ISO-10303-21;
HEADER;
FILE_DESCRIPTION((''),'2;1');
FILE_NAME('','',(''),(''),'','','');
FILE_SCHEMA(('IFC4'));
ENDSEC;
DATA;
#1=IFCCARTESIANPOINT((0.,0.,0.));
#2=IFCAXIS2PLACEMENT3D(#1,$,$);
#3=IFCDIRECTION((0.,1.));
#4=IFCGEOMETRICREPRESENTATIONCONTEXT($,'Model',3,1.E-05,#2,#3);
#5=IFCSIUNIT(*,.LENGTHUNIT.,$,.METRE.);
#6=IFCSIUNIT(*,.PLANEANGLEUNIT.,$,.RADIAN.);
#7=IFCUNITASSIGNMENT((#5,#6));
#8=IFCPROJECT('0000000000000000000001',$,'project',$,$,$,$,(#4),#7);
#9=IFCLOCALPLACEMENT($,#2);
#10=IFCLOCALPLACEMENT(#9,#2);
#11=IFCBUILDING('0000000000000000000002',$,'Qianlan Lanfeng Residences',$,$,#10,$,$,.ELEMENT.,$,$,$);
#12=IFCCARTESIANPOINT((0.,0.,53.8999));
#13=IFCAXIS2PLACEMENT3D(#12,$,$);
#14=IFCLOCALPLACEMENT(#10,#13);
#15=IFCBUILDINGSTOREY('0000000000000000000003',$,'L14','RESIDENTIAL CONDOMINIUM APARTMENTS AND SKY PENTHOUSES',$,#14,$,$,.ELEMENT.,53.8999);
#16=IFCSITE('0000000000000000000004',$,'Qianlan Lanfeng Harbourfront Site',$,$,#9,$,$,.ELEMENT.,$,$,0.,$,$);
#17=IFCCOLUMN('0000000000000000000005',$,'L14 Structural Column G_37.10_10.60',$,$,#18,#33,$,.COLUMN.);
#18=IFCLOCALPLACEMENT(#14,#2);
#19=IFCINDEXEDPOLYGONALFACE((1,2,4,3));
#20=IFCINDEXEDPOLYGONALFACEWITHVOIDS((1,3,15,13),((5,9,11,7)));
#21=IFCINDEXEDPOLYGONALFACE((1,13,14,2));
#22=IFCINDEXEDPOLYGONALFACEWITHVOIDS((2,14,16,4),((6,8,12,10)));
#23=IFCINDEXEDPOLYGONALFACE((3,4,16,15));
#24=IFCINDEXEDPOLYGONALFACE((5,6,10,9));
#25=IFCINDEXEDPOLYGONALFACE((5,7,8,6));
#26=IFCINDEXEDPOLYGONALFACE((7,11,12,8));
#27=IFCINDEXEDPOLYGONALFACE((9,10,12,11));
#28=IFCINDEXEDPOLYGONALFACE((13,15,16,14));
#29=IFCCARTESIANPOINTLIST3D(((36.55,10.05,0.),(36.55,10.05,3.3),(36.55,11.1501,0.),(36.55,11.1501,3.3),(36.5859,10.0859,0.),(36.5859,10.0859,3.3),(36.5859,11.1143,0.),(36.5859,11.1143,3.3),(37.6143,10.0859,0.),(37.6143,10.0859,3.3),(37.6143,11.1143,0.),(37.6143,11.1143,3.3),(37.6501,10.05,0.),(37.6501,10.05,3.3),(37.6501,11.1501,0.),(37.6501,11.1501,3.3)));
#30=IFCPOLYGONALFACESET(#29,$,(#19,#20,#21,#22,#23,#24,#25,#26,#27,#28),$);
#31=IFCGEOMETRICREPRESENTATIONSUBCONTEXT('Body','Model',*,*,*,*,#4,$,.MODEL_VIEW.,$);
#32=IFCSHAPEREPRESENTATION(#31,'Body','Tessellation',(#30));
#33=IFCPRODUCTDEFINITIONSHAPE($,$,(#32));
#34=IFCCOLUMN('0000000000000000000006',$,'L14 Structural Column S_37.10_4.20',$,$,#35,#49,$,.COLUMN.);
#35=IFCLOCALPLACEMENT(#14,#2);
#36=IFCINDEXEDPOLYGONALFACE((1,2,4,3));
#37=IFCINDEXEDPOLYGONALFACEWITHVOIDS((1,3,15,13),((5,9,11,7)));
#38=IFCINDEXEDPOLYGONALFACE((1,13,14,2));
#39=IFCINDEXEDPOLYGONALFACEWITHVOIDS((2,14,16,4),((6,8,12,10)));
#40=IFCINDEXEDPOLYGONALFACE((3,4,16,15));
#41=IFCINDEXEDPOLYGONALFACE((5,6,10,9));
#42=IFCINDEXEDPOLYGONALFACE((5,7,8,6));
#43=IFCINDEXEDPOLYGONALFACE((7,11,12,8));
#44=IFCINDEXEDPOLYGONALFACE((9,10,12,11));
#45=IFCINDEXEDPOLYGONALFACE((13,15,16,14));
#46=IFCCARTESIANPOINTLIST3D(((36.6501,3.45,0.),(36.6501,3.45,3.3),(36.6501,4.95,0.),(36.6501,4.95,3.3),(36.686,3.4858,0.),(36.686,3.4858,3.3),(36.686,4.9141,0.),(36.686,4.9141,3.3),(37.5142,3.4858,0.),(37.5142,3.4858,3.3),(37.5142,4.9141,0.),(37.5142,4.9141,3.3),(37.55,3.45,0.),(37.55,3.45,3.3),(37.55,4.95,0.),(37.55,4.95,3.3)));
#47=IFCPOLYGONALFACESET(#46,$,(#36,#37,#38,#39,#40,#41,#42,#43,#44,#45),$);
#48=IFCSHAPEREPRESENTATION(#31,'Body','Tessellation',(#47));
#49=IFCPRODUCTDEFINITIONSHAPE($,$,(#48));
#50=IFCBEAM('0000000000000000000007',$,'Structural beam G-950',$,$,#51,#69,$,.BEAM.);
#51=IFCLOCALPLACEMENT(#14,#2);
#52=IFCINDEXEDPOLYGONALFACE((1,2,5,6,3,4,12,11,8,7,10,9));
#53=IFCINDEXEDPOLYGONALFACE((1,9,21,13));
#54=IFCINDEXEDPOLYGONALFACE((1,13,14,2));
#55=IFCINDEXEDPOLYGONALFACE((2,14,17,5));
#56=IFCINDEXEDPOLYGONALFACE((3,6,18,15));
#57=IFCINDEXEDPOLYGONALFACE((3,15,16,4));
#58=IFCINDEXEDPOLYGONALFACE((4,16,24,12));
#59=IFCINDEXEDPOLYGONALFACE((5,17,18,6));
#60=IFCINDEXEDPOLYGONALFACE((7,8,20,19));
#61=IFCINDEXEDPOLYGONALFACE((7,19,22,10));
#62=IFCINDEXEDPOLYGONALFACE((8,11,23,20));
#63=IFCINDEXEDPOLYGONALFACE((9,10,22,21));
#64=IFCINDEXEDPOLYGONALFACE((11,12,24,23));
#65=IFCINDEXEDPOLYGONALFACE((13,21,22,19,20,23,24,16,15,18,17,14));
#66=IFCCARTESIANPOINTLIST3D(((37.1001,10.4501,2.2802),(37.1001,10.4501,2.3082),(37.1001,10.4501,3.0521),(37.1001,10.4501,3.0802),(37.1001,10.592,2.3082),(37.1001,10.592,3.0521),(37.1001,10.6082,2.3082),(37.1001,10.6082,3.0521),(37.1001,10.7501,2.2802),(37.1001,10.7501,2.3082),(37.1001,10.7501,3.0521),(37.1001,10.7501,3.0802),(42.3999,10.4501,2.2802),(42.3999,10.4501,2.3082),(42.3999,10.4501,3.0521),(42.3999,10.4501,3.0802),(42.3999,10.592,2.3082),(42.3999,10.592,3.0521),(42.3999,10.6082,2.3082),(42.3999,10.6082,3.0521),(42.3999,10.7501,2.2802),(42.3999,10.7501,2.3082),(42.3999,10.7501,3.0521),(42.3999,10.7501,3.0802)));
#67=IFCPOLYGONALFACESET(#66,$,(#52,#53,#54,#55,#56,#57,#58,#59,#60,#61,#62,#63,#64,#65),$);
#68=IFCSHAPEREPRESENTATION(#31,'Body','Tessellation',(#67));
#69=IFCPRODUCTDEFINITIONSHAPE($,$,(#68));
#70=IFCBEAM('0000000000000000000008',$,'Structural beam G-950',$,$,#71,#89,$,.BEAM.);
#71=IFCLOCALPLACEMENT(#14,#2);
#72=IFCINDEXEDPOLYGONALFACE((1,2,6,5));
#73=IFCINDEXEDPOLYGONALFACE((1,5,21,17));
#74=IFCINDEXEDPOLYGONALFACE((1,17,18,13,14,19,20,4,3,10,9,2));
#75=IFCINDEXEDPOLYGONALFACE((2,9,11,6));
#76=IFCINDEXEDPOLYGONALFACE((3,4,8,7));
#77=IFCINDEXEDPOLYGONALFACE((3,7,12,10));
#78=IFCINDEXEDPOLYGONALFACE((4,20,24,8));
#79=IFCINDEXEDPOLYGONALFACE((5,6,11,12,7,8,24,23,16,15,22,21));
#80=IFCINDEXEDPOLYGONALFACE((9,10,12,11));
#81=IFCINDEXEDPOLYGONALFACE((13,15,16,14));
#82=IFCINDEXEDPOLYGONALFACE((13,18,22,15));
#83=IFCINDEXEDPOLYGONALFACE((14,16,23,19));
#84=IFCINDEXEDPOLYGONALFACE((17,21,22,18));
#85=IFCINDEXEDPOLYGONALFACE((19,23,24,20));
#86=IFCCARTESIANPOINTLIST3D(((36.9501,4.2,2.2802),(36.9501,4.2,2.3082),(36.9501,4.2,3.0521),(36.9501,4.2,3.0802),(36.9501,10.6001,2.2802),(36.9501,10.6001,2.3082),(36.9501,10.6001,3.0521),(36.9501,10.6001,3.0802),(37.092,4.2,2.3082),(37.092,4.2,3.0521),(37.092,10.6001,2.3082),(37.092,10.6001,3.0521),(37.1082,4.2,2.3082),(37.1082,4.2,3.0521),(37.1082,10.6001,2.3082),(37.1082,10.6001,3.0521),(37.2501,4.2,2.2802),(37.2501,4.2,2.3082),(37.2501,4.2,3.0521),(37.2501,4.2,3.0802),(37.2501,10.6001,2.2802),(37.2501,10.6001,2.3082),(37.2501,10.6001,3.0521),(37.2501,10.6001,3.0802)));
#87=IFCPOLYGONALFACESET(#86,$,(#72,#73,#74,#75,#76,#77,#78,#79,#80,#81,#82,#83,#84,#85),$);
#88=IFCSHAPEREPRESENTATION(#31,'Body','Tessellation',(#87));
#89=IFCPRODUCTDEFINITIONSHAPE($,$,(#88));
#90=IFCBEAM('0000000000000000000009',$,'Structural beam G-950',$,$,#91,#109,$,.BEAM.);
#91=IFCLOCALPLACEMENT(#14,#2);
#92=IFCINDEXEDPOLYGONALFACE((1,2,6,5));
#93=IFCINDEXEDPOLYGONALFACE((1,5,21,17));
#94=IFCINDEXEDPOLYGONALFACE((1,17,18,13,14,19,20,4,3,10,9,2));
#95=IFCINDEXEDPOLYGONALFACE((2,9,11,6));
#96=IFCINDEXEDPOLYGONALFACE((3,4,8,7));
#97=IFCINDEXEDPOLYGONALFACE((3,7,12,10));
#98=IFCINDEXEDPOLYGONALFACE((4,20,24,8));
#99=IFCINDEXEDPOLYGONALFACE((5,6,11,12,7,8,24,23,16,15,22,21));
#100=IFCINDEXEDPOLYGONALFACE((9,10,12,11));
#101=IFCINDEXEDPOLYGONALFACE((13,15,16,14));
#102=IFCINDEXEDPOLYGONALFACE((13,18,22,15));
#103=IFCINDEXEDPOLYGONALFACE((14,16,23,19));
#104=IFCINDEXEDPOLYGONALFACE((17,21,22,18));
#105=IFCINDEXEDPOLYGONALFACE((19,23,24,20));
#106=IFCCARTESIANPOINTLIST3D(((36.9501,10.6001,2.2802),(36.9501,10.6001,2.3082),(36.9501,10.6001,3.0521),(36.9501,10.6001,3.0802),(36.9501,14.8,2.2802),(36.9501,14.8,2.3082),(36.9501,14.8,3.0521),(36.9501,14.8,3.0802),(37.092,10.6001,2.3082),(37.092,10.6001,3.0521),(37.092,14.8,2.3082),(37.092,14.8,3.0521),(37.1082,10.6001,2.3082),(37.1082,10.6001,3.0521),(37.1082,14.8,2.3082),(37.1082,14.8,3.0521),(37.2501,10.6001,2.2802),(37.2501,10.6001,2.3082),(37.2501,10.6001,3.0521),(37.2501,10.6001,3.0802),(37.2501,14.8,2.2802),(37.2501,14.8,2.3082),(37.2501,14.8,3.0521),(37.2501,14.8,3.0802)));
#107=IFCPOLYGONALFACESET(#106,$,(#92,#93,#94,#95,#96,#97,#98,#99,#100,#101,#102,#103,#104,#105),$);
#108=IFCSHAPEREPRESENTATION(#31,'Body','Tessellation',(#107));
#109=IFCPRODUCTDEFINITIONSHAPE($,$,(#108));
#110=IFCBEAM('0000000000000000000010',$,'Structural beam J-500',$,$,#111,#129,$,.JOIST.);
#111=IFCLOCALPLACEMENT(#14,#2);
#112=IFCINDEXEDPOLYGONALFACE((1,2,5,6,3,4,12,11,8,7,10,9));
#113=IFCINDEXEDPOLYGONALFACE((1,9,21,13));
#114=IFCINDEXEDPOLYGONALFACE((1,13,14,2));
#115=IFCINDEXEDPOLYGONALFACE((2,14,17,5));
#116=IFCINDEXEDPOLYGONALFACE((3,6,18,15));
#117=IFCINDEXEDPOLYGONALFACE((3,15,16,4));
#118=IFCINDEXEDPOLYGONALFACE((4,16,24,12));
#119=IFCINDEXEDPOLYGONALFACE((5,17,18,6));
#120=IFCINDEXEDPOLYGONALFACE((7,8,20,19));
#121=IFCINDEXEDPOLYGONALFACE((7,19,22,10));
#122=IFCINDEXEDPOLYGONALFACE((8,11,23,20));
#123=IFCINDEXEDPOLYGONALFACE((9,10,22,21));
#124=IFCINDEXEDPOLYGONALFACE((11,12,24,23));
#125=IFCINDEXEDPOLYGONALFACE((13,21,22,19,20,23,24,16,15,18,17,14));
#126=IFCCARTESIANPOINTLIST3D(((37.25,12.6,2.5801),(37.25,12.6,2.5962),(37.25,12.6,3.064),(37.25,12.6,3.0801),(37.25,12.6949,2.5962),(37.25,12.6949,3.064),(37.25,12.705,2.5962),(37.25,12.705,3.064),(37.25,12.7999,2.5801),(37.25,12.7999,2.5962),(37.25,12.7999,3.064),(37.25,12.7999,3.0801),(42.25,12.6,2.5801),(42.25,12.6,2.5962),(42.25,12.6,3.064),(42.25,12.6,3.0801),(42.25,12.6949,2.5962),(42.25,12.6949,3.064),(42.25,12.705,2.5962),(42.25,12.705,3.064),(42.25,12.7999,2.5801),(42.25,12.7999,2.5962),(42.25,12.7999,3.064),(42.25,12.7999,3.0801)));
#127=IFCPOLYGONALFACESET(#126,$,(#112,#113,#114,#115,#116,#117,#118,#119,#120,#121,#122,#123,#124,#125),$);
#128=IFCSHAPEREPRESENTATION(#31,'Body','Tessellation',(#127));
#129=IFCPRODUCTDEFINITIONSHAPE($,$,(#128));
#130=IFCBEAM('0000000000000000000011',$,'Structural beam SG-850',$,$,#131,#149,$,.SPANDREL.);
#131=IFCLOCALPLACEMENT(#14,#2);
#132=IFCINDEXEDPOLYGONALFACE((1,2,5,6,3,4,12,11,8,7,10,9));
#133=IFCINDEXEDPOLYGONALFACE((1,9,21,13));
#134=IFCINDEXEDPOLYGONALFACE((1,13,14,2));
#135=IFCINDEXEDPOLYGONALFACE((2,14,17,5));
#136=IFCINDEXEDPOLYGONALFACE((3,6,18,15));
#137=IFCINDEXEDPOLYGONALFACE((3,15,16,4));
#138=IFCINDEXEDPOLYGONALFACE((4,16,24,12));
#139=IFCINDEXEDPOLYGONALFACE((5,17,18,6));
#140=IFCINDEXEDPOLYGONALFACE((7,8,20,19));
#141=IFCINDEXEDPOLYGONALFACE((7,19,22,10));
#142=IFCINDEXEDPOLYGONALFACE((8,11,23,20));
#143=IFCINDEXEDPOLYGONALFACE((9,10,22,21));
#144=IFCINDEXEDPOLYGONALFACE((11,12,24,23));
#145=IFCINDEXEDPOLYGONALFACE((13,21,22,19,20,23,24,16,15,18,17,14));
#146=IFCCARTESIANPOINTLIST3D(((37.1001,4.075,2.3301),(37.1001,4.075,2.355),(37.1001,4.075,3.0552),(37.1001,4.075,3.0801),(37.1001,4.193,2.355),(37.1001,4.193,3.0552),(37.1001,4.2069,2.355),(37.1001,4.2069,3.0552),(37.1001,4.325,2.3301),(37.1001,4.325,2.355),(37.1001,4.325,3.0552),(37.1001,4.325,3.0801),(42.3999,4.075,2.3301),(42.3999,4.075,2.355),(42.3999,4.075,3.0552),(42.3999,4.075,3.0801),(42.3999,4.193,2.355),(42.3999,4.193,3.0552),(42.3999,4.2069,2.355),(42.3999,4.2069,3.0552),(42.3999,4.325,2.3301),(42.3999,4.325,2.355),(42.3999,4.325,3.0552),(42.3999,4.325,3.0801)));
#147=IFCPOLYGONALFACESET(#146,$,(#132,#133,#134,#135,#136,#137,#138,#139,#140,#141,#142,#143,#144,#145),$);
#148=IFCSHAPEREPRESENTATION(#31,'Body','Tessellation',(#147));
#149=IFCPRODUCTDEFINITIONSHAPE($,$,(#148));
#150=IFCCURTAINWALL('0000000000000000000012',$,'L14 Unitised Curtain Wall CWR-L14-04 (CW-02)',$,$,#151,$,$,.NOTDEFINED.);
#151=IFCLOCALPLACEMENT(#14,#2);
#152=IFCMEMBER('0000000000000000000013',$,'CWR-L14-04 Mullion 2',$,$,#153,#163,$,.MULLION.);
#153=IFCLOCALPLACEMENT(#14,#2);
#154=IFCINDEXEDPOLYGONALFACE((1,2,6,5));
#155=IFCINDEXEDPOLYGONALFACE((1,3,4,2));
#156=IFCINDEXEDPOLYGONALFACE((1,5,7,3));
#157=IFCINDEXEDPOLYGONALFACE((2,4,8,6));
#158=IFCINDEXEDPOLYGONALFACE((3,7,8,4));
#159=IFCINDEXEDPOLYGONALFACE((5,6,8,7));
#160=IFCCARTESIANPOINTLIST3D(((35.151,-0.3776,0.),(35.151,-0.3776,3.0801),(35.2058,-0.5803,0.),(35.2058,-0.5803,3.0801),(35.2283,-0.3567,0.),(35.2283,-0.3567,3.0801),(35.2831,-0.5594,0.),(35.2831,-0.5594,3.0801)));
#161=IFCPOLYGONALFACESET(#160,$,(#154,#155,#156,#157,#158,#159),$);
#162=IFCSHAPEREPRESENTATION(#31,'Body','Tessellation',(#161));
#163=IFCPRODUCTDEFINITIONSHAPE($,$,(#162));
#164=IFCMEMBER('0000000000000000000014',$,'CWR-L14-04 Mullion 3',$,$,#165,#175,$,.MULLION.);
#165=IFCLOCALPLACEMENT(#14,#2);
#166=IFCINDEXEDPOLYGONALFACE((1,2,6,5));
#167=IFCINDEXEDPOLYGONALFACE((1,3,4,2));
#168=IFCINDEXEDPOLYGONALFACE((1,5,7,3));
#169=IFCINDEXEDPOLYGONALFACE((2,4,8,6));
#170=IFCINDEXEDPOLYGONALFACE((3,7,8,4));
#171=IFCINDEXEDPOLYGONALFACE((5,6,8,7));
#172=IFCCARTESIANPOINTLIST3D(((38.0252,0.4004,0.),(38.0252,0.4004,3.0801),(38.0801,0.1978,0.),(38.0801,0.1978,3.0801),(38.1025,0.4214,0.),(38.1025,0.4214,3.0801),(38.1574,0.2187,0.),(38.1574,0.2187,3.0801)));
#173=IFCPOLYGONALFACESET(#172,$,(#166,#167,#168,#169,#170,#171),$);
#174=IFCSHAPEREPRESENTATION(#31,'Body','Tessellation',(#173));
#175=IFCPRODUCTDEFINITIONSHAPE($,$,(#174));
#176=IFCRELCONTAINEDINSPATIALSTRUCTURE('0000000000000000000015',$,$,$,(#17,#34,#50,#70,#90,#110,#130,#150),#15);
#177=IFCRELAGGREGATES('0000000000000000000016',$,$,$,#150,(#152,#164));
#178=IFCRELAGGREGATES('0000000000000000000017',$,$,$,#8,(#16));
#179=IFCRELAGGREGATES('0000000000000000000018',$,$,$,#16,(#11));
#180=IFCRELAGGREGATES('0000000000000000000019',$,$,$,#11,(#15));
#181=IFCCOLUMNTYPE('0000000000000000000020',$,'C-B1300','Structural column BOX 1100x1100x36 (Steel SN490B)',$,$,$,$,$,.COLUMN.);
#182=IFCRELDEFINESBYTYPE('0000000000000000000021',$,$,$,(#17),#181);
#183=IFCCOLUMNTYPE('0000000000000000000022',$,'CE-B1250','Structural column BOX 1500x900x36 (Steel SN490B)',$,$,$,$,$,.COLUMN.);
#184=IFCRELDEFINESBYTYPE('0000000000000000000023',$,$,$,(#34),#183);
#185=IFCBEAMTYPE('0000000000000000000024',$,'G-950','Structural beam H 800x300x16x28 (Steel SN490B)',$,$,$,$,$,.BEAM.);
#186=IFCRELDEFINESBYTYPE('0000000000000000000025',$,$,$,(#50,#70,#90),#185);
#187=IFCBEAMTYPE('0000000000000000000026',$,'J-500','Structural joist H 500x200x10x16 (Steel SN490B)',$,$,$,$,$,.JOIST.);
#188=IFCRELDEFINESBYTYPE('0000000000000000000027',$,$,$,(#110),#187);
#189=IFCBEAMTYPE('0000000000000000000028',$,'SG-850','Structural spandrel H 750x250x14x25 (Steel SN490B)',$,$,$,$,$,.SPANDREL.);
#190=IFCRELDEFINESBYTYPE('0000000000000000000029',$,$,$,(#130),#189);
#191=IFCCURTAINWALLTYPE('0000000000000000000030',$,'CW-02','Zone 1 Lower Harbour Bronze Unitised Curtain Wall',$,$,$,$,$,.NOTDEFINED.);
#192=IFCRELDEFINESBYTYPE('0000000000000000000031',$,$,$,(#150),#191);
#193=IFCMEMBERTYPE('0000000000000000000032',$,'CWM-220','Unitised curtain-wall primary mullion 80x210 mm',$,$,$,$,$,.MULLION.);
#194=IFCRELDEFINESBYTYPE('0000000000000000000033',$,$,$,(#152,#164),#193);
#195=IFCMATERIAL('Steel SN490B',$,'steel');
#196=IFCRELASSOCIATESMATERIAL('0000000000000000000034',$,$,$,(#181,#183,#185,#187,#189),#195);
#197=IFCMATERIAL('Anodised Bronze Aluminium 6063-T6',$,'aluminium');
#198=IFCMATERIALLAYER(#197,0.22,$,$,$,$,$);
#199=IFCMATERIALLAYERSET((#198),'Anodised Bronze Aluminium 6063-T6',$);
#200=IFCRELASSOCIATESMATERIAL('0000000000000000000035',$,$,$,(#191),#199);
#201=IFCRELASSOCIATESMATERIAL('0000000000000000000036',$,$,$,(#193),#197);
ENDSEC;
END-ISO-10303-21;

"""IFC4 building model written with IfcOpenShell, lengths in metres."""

from ifc_helpers import new_model, si_unit, direction, frame, origin, origin_2d, place, context, subcontext, project, spatial, rectangle, hollow_rectangle, i_section, extrude, source, transform, mapped, material, layer, layer_set, material_profile, profile_set, type_object, element, aggregate, save


model = new_model("IFC4")

# Units and contexts
model_context = context("Model", 3, precision=1e-05, world=origin(), true_north=direction((0.0, 1.0)))
body_context = subcontext(model_context, "Body", "Model", "MODEL_VIEW")
ifc_project = project(units=[si_unit("LENGTHUNIT", "METRE"), si_unit("PLANEANGLEUNIT", "RADIAN")], contexts=[model_context])

# Site, building, storey
site_placement = place(None, origin())
site = spatial("IfcSite", under=ifc_project, at=site_placement, Name="Qianlan Lanfeng Harbourfront Site", CompositionType="ELEMENT", RefElevation=0.0)
building_placement = place(site_placement, origin())
building = spatial("IfcBuilding", under=site, at=building_placement, Name="Qianlan Lanfeng Residences", CompositionType="ELEMENT")
storey_placement = place(building_placement, frame((0.0, 0.0, 53.8999)))
storey = spatial("IfcBuildingStorey", under=building, at=storey_placement, Name="L14", Description="RESIDENTIAL CONDOMINIUM APARTMENTS AND SKY PENTHOUSES", CompositionType="ELEMENT", Elevation=53.8999)

# Columns
ifc_material_1 = material(Name="Steel SN490B", Category="steel")
ifc_material_profile_1 = material_profile(ifc_material_1, hollow_rectangle(XDim=1.1001, YDim=1.1001, WallThickness=0.0359, at=origin_2d()), Name="BOX 1100x1100x36")
ifc_profile_set_1 = profile_set([ifc_material_profile_1], Name="Steel SN490B")
column_type_1 = type_object("IfcColumnType", Name="C-B1300", Description="Structural column BOX 1100x1100x36 (Steel SN490B)", PredefinedType="COLUMN", material=ifc_profile_set_1)
column_1_placement = place(storey_placement, frame((37.1001, 10.6001, 0.0), z_axis=(0.0, 0.0, 1.0), x_axis=(1.0, 0.0, 0.0)))
element("IfcColumn", 1, at=column_1_placement, inside=storey, type_object=column_type_1, Name="L14 Structural Column G_37.10_10.60", PredefinedType="COLUMN", context=body_context, shape_type="SweptSolid", body=[
    extrude(hollow_rectangle(XDim=1.1001, YDim=1.1001, WallThickness=0.0359, at=origin_2d()), origin(), (0.0, 0.0, 1.0), 3.3),
])
ifc_material_profile_2 = material_profile(ifc_material_1, hollow_rectangle(XDim=0.8999, YDim=1.5, WallThickness=0.0359, at=origin_2d()), Name="BOX 1500x900x36")
ifc_profile_set_2 = profile_set([ifc_material_profile_2], Name="Steel SN490B")
column_type_2 = type_object("IfcColumnType", Name="CE-B1250", Description="Structural column BOX 1500x900x36 (Steel SN490B)", PredefinedType="COLUMN", material=ifc_profile_set_2)
column_2_placement = place(storey_placement, frame((37.1001, 4.2, 0.0), z_axis=(0.0, 0.0, 1.0), x_axis=(1.0, 0.0, 0.0)))
element("IfcColumn", 2, at=column_2_placement, inside=storey, type_object=column_type_2, Name="L14 Structural Column S_37.10_4.20", PredefinedType="COLUMN", context=body_context, shape_type="SweptSolid", body=[
    extrude(hollow_rectangle(XDim=0.8999, YDim=1.5, WallThickness=0.0359, at=origin_2d()), origin(), (0.0, 0.0, 1.0), 3.3),
])

# Beams
ifc_material_profile_3 = material_profile(ifc_material_1, i_section(OverallWidth=0.3, OverallDepth=0.8, WebThickness=0.0161, FlangeThickness=0.0281, at=origin_2d()), Name="H 800x300x16x28")
ifc_profile_set_3 = profile_set([ifc_material_profile_3], Name="Steel SN490B")
beam_type_1 = type_object("IfcBeamType", Name="G-950", Description="Structural beam H 800x300x16x28 (Steel SN490B)", PredefinedType="BEAM", material=ifc_profile_set_3)
beam_1_placement = place(storey_placement, frame((37.1001, 10.6001, 2.6802), z_axis=(1.0, 0.0, 0.0), x_axis=(0.0, 1.0, 0.0)))
element("IfcBeam", 3, at=beam_1_placement, inside=storey, type_object=beam_type_1, Name="Structural beam G-950", PredefinedType="BEAM", context=body_context, shape_type="SweptSolid", body=[
    extrude(i_section(OverallWidth=0.3, OverallDepth=0.8, WebThickness=0.0161, FlangeThickness=0.0281, at=origin_2d()), origin(), (0.0, 0.0, 1.0), 5.2998),
])
beam_2_placement = place(storey_placement, frame((37.1001, 4.2, 2.6802), z_axis=(0.0, 1.0, 0.0), x_axis=(-1.0, 0.0, 0.0)))
element("IfcBeam", 4, at=beam_2_placement, inside=storey, type_object=beam_type_1, Name="Structural beam G-950", PredefinedType="BEAM", context=body_context, shape_type="SweptSolid", body=[
    extrude(i_section(OverallWidth=0.3, OverallDepth=0.8, WebThickness=0.0161, FlangeThickness=0.0281, at=origin_2d()), origin(), (0.0, 0.0, 1.0), 6.4001),
])
beam_3_placement = place(storey_placement, frame((37.1001, 10.6001, 2.6802), z_axis=(0.0, 1.0, 0.0), x_axis=(-1.0, 0.0, 0.0)))
element("IfcBeam", 5, at=beam_3_placement, inside=storey, type_object=beam_type_1, Name="Structural beam G-950", PredefinedType="BEAM", context=body_context, shape_type="SweptSolid", body=[
    extrude(i_section(OverallWidth=0.3, OverallDepth=0.8, WebThickness=0.0161, FlangeThickness=0.0281, at=origin_2d()), origin(), (0.0, 0.0, 1.0), 4.2),
])
ifc_material_profile_4 = material_profile(ifc_material_1, i_section(OverallWidth=0.2, OverallDepth=0.5, WebThickness=0.01, FlangeThickness=0.0161, at=origin_2d()), Name="H 500x200x10x16")
ifc_profile_set_4 = profile_set([ifc_material_profile_4], Name="Steel SN490B")
beam_type_2 = type_object("IfcBeamType", Name="J-500", Description="Structural joist H 500x200x10x16 (Steel SN490B)", PredefinedType="JOIST", material=ifc_profile_set_4)
beam_4_placement = place(storey_placement, frame((37.25, 12.7, 2.8301), z_axis=(1.0, 0.0, 0.0), x_axis=(0.0, 1.0, 0.0)))
element("IfcBeam", 6, at=beam_4_placement, inside=storey, type_object=beam_type_2, Name="Structural beam J-500", PredefinedType="JOIST", context=body_context, shape_type="SweptSolid", body=[
    extrude(i_section(OverallWidth=0.2, OverallDepth=0.5, WebThickness=0.01, FlangeThickness=0.0161, at=origin_2d()), origin(), (0.0, 0.0, 1.0), 5.0),
])
ifc_material_profile_5 = material_profile(ifc_material_1, i_section(OverallWidth=0.25, OverallDepth=0.75, WebThickness=0.0139, FlangeThickness=0.0249, at=origin_2d()), Name="H 750x250x14x25")
ifc_profile_set_5 = profile_set([ifc_material_profile_5], Name="Steel SN490B")
beam_type_3 = type_object("IfcBeamType", Name="SG-850", Description="Structural spandrel H 750x250x14x25 (Steel SN490B)", PredefinedType="SPANDREL", material=ifc_profile_set_5)
beam_5_placement = place(storey_placement, frame((37.1001, 4.2, 2.7051), z_axis=(1.0, 0.0, 0.0), x_axis=(0.0, 1.0, 0.0)))
element("IfcBeam", 7, at=beam_5_placement, inside=storey, type_object=beam_type_3, Name="Structural beam SG-850", PredefinedType="SPANDREL", context=body_context, shape_type="SweptSolid", body=[
    extrude(i_section(OverallWidth=0.25, OverallDepth=0.75, WebThickness=0.0139, FlangeThickness=0.0249, at=origin_2d()), origin(), (0.0, 0.0, 1.0), 5.2998),
])

# Curtain wall, members
ifc_material_2 = material(Name="Anodised Bronze Aluminium 6063-T6", Category="aluminium")
ifc_layer_1 = layer(ifc_material_2, 0.22)
ifc_layer_set_1 = layer_set([ifc_layer_1], Name="Anodised Bronze Aluminium 6063-T6")
curtain_wall_type = type_object("IfcCurtainWallType", Name="CW-02", Description="Zone 1 Lower Harbour Bronze Unitised Curtain Wall", PredefinedType="NOTDEFINED", material=ifc_layer_set_1)
curtain_wall_1_placement = place(storey_placement, origin())
curtain_wall_1 = element("IfcCurtainWall", 8, at=curtain_wall_1_placement, inside=storey, type_object=curtain_wall_type, Name="L14 Unitised Curtain Wall CWR-L14-04 (CW-02)", PredefinedType="NOTDEFINED")
ifc_material_profile_6 = material_profile(ifc_material_2, rectangle(XDim=0.0801, YDim=0.21, at=origin_2d()), Name="ALU MULLION 80x210")
ifc_profile_set_6 = profile_set([ifc_material_profile_6], Name="Anodised Bronze Aluminium 6063-T6")
member_type_1 = type_object("IfcMemberType", Name="CWM-220", Description="Unitised curtain-wall primary mullion 80x210 mm", PredefinedType="MULLION", material=ifc_profile_set_6)
shared_shape_1 = source(origin(), body_context, "Body", "SweptSolid", [
    extrude(rectangle(XDim=0.0801, YDim=0.21, at=origin_2d()), origin(), (0.0, 0.0, 1.0), 3.0801),
])
member_1_placement = place(storey_placement, frame((35.217, -0.4685, 0.0), z_axis=(0.0, 0.0, 1.0), x_axis=(0.965263, 0.261281, 0.0)))
member_1 = element("IfcMember", 9, at=member_1_placement, type_object=member_type_1, Name="CWR-L14-04 Mullion 2", PredefinedType="MULLION", context=body_context, shape_type="MappedRepresentation", body=[
    mapped(shared_shape_1, transform((0.0, 0.0, 0.0), scale=1.0)),
])
member_2_placement = place(storey_placement, frame((38.0913, 0.3096, 0.0), z_axis=(0.0, 0.0, 1.0), x_axis=(0.965263, 0.261281, 0.0)))
member_2 = element("IfcMember", 10, at=member_2_placement, type_object=member_type_1, Name="CWR-L14-04 Mullion 3", PredefinedType="MULLION", context=body_context, shape_type="MappedRepresentation", body=[
    mapped(shared_shape_1, transform((0.0, 0.0, 0.0), scale=1.0)),
])

aggregate(curtain_wall_1, [member_1, member_2])

save(model, "model.ifc")
